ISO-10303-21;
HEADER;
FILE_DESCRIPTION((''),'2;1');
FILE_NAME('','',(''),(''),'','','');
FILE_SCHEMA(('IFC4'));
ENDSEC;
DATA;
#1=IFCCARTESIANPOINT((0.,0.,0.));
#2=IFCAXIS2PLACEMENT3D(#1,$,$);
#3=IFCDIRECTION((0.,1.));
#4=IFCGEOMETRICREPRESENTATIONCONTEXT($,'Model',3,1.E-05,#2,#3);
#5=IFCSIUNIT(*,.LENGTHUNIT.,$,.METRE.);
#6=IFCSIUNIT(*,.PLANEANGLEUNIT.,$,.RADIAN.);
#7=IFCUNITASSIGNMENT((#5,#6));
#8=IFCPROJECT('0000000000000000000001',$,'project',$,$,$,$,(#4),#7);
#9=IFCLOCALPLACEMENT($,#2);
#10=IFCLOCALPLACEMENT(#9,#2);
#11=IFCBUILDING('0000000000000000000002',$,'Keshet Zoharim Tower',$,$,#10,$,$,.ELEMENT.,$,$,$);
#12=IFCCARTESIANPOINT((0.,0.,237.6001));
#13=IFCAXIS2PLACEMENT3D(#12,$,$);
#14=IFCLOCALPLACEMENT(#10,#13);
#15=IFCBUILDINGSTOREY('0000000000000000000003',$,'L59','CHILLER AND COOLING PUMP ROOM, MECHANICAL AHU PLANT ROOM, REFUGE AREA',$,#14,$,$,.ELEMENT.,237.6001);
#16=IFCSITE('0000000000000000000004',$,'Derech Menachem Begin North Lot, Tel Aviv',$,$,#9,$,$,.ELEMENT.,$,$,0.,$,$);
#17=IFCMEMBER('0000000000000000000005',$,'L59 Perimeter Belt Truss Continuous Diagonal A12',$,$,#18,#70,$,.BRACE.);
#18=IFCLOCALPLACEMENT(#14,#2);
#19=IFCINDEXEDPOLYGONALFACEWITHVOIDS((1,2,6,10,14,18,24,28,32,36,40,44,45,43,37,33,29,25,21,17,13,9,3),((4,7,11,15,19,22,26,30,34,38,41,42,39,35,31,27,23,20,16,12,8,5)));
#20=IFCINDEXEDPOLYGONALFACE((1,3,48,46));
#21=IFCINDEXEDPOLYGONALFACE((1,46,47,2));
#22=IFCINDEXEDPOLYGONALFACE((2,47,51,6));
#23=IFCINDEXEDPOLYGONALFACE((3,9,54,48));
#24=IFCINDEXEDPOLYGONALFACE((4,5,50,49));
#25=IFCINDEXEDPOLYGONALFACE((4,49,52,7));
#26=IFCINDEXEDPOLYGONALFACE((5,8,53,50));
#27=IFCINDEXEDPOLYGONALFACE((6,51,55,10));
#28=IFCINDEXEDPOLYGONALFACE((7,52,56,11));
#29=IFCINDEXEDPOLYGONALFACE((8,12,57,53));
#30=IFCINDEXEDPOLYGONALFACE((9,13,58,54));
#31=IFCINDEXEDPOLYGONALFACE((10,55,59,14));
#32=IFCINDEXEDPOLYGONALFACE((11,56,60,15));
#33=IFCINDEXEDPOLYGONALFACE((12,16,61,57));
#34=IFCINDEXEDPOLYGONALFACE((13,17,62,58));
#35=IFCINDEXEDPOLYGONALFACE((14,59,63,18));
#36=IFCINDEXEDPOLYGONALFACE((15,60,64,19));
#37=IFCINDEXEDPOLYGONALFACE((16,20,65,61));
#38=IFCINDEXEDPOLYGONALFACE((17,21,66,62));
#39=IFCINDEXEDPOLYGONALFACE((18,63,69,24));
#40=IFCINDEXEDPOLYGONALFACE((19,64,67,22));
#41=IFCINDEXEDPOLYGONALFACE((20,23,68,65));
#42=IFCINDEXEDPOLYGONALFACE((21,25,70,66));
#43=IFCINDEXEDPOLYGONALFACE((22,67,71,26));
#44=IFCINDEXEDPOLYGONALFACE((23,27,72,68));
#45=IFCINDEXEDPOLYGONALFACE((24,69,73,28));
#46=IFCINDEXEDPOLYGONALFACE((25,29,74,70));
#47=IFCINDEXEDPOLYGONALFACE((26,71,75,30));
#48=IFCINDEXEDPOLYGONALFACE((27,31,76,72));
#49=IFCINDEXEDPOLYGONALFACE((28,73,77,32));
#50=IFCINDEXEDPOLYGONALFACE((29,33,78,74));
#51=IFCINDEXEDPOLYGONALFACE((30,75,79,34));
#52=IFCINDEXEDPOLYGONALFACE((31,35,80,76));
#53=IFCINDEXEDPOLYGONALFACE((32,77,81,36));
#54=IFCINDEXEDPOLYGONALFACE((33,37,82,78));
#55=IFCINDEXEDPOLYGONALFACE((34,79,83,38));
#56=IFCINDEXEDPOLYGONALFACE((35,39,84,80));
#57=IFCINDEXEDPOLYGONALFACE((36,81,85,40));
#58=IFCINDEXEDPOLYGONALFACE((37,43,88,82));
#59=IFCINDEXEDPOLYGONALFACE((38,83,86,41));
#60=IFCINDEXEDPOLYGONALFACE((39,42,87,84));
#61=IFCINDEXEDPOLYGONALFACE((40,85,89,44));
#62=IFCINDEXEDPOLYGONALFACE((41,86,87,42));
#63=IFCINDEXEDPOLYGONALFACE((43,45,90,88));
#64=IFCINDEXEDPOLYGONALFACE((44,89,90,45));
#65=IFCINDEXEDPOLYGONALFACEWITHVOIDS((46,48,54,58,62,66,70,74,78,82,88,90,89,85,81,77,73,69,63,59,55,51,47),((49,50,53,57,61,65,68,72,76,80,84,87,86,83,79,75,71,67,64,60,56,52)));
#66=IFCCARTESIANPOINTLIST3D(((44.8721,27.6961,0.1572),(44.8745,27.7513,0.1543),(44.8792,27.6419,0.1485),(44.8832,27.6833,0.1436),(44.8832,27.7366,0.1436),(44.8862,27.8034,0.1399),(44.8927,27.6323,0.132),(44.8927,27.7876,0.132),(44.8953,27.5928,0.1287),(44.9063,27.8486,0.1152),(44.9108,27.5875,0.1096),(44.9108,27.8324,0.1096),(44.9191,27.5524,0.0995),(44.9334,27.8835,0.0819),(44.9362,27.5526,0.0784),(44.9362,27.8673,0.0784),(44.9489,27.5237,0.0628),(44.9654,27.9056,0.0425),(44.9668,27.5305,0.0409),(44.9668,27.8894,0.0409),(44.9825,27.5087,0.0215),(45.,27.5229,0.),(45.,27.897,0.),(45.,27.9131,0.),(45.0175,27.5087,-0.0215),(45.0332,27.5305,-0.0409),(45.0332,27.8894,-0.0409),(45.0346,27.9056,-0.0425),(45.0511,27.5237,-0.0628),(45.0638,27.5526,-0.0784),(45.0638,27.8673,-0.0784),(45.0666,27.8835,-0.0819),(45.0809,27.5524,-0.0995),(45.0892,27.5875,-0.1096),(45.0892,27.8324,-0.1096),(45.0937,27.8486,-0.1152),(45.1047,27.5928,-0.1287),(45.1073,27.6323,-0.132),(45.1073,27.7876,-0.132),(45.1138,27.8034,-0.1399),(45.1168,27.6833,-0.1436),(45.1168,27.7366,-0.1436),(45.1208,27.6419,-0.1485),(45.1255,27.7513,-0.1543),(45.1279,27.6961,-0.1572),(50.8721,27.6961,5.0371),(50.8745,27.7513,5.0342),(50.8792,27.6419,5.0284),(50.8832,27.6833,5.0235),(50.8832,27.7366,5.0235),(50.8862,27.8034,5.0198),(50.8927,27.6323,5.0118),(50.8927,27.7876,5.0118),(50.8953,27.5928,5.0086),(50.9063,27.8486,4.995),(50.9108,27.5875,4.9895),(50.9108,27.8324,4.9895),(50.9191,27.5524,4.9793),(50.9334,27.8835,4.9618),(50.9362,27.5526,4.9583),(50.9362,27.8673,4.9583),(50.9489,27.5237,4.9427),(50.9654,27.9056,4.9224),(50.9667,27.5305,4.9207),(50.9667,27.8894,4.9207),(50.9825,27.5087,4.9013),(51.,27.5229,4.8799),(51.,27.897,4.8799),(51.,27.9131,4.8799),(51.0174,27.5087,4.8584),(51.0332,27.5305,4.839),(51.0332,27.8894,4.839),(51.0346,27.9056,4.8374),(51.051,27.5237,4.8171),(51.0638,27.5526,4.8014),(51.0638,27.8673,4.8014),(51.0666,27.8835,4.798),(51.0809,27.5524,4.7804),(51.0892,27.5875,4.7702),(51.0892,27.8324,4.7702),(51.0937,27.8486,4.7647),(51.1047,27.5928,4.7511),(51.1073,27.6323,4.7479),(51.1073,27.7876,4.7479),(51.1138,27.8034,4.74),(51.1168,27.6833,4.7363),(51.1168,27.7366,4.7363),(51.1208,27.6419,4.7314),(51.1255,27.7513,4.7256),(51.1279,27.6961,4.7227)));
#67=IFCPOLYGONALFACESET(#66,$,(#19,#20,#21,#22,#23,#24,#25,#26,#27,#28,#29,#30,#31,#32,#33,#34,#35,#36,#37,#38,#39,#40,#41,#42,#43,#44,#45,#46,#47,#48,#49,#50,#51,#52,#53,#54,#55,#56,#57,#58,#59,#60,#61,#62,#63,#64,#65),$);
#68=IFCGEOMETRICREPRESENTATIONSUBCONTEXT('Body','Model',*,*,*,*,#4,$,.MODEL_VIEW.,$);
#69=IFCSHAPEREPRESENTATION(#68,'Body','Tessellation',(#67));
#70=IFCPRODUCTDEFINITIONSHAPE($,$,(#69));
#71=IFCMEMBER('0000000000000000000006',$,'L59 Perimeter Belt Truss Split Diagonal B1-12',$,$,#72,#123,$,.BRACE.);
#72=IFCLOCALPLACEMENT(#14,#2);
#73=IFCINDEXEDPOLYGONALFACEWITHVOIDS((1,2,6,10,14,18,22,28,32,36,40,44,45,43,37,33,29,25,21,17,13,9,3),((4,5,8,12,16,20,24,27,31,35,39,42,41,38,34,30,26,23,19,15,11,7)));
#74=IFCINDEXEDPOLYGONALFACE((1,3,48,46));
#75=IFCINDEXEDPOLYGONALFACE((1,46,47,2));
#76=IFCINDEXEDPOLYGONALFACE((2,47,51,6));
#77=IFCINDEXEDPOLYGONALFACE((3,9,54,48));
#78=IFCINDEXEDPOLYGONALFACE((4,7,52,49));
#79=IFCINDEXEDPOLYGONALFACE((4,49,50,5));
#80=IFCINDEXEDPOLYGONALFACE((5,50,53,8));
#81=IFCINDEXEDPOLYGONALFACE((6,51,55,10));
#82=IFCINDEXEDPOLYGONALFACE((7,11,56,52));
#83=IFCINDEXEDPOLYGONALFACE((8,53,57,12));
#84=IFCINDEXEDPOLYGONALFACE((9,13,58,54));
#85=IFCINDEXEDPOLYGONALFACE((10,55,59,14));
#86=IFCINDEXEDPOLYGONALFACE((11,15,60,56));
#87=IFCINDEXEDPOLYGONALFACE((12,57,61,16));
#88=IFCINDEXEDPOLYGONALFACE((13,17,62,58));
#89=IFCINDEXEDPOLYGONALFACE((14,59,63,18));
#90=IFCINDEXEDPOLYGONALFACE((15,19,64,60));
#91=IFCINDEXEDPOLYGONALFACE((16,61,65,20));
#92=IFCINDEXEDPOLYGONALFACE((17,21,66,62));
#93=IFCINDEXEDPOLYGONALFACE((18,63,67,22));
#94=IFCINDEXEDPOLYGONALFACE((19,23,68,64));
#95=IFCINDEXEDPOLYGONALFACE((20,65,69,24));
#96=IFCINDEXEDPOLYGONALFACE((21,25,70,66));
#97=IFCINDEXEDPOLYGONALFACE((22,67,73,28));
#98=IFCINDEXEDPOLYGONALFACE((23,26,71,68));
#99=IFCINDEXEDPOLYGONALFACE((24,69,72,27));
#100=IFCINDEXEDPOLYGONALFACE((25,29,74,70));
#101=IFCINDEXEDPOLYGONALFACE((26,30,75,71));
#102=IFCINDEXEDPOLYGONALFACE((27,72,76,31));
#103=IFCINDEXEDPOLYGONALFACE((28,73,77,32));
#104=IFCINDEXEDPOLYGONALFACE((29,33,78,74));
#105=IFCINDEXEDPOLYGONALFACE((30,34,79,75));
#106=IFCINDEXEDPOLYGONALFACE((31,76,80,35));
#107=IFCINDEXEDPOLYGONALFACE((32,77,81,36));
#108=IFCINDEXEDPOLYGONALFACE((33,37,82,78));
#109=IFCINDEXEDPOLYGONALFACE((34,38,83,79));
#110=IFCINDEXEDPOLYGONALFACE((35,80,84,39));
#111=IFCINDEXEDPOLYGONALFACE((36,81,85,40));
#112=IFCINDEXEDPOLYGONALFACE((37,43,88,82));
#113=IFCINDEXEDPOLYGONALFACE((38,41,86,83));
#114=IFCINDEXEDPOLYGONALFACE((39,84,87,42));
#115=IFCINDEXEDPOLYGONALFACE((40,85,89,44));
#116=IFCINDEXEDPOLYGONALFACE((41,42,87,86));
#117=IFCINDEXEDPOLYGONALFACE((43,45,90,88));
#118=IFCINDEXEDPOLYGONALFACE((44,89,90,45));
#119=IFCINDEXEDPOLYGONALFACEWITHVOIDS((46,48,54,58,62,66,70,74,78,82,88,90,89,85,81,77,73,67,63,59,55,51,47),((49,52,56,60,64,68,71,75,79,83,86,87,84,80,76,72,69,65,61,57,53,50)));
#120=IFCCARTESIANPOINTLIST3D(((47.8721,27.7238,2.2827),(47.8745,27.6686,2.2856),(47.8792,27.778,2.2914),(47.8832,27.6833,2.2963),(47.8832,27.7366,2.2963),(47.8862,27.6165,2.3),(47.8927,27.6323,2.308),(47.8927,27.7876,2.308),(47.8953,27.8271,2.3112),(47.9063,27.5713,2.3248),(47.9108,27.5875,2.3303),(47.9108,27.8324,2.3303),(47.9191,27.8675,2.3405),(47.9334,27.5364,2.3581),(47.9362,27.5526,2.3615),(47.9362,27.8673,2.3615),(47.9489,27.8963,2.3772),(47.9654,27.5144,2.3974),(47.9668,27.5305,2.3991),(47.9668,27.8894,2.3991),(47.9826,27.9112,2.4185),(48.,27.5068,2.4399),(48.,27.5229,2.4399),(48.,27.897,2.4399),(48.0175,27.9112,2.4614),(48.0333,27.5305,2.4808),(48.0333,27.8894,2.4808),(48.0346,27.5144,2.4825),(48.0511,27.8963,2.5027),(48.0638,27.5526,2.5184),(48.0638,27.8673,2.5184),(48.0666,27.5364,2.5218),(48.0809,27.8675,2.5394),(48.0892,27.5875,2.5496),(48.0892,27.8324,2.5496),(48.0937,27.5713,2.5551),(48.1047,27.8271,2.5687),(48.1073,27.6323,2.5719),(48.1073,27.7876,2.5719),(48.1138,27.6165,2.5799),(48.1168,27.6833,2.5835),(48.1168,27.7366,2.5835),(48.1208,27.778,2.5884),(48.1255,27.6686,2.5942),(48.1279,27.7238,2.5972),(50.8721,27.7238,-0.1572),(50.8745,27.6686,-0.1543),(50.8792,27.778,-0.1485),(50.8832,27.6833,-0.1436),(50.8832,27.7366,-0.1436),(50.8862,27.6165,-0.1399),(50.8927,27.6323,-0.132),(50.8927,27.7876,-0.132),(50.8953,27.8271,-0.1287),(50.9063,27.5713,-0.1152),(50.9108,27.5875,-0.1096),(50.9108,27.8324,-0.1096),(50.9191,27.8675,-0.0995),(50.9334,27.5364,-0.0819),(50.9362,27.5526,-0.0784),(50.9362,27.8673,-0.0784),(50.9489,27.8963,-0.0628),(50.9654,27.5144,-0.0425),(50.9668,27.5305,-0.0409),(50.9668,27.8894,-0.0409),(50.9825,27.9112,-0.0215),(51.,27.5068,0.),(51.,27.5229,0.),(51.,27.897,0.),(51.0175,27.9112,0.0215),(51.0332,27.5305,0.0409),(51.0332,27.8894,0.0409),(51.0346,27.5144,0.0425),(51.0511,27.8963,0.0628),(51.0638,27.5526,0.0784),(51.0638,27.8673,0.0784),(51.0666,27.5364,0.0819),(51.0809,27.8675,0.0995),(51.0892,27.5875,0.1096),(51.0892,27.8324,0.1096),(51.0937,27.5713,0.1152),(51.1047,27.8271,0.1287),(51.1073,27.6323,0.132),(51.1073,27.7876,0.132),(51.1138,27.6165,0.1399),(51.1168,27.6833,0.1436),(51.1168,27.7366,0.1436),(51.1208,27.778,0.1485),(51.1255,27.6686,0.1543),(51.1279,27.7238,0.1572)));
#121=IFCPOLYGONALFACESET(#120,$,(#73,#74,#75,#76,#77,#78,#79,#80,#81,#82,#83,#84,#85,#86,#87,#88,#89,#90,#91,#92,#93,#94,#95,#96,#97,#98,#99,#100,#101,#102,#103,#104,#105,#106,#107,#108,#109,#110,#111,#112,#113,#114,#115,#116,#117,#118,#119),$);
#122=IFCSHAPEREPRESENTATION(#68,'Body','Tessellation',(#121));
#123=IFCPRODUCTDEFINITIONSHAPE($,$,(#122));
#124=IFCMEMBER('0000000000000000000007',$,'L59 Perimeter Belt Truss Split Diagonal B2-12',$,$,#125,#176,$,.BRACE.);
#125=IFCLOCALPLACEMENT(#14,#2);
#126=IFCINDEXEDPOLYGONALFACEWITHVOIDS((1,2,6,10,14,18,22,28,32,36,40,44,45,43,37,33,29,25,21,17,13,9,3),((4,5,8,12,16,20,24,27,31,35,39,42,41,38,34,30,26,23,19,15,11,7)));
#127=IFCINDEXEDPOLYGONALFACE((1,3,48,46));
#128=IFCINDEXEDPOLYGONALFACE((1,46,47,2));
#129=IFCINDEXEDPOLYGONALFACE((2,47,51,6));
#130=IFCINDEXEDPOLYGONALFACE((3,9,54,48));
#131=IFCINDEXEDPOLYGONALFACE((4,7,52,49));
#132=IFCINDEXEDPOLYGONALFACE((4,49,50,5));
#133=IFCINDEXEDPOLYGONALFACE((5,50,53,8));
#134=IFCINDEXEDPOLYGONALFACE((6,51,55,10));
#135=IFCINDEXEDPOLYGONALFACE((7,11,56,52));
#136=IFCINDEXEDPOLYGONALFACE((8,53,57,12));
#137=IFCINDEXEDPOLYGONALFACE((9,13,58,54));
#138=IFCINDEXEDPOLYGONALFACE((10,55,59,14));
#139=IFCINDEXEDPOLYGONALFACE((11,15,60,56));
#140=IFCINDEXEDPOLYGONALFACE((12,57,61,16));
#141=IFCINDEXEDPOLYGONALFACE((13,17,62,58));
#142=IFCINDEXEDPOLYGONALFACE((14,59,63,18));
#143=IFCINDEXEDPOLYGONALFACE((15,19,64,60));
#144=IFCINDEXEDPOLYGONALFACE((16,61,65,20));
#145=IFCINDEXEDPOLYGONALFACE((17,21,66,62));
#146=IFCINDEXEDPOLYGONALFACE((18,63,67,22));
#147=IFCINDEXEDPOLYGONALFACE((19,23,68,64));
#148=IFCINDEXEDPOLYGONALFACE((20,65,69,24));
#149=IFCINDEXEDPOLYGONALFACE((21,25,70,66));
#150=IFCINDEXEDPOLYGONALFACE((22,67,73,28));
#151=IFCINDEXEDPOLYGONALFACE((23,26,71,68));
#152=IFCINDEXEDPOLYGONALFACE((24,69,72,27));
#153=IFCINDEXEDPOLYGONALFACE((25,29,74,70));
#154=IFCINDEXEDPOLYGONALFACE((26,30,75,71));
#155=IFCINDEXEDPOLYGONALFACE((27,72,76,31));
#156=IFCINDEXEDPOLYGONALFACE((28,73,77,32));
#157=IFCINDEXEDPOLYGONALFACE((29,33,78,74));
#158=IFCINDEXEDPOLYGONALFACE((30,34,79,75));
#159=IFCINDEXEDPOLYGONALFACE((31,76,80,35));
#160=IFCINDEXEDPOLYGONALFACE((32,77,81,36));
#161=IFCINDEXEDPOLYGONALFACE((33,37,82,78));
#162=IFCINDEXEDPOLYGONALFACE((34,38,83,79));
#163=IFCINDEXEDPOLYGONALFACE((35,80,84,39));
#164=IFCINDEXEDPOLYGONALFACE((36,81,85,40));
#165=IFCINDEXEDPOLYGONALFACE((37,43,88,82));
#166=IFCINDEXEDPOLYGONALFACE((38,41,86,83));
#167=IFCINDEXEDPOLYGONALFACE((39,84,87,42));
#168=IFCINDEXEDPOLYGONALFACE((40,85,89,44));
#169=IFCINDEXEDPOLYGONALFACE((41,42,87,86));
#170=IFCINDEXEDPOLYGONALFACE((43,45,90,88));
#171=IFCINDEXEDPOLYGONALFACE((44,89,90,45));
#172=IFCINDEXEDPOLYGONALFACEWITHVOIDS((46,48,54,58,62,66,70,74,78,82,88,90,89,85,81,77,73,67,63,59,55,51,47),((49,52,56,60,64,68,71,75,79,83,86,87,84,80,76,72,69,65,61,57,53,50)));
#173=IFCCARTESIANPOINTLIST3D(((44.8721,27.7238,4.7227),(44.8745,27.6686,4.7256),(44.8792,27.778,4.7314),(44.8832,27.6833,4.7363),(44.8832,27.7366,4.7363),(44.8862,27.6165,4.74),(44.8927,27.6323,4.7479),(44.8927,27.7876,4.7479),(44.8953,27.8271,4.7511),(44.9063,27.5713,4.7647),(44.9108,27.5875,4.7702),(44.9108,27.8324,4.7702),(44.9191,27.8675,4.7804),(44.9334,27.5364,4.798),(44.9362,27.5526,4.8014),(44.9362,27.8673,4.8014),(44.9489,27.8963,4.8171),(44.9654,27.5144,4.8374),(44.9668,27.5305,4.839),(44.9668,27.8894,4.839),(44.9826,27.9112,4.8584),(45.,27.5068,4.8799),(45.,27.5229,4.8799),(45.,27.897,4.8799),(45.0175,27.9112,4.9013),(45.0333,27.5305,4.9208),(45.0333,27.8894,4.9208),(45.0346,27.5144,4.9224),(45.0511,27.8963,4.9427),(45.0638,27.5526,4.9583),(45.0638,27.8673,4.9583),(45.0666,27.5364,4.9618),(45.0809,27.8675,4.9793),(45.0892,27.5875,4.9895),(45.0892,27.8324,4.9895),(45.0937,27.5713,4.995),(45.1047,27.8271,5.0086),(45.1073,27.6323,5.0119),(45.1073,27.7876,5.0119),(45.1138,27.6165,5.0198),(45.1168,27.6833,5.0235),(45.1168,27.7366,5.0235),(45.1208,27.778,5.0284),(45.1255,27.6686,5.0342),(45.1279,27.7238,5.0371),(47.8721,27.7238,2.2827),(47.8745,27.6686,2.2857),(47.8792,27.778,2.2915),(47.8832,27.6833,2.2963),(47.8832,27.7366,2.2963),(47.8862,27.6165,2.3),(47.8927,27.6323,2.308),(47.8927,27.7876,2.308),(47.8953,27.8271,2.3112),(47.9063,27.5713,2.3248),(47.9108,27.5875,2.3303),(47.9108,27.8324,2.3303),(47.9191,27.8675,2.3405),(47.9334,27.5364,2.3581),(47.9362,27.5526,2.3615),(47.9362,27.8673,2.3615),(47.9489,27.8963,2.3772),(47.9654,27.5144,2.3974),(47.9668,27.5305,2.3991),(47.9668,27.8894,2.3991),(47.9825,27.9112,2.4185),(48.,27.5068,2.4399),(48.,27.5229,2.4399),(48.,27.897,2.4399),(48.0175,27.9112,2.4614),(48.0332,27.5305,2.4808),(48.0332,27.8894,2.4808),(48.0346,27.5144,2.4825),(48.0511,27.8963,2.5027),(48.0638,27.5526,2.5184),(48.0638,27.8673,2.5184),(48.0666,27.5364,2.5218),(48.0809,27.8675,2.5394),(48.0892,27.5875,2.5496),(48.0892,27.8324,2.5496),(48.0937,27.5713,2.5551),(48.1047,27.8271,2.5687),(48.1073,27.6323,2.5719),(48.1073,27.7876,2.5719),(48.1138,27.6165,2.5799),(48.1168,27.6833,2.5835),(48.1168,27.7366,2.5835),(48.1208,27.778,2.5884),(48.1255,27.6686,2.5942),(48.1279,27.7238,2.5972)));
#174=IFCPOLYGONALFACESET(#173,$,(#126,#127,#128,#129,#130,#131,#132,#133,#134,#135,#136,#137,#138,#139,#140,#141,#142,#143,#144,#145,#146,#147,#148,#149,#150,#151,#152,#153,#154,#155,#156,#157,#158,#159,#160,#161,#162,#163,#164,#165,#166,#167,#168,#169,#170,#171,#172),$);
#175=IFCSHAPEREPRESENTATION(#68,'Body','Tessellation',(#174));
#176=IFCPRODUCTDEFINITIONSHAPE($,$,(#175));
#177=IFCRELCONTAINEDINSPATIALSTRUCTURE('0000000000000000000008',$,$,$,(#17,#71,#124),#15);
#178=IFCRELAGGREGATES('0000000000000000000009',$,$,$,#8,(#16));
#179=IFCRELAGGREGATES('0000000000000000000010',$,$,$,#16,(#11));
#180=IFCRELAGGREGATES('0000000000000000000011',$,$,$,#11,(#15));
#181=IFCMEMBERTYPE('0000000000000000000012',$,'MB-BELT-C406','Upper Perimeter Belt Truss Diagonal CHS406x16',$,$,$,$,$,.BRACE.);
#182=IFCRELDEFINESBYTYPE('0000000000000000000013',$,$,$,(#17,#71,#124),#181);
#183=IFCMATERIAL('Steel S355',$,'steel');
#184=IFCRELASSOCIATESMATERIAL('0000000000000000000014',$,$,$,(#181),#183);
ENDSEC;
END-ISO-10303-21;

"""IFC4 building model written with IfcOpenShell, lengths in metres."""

from ifc_helpers import new_model, si_unit, direction, frame, origin, origin_2d, place, context, subcontext, project, spatial, hollow_circle, extrude, material, material_profile, profile_set, type_object, element, save


model = new_model("IFC4")

# Units and contexts
model_context = context("Model", 3, precision=1e-05, world=origin(), true_north=direction((0.0, 1.0)))
body_context = subcontext(model_context, "Body", "Model", "MODEL_VIEW")
ifc_project = project(units=[si_unit("LENGTHUNIT", "METRE"), si_unit("PLANEANGLEUNIT", "RADIAN")], contexts=[model_context])

# Site, building, storey
site_placement = place(None, origin())
site = spatial("IfcSite", under=ifc_project, at=site_placement, Name="Derech Menachem Begin North Lot, Tel Aviv", CompositionType="ELEMENT", RefElevation=0.0)
building_placement = place(site_placement, origin())
building = spatial("IfcBuilding", under=site, at=building_placement, Name="Keshet Zoharim Tower", CompositionType="ELEMENT")
storey_placement = place(building_placement, frame((0.0, 0.0, 237.6001)))
storey = spatial("IfcBuildingStorey", under=building, at=storey_placement, Name="L59", Description="CHILLER AND COOLING PUMP ROOM, MECHANICAL AHU PLANT ROOM, REFUGE AREA", CompositionType="ELEMENT", Elevation=237.6001)

# Shared definitions
ifc_material_1 = material(Name="Steel S355", Category="steel")

# Members
ifc_material_profile_1 = material_profile(ifc_material_1, hollow_circle(Radius=0.2031, WallThickness=0.0161, at=origin_2d()), Name="CHS406x16")
ifc_profile_set_1 = profile_set([ifc_material_profile_1], Name="Steel S355")
member_type_1 = type_object("IfcMemberType", Name="MB-BELT-C406", Description="Upper Perimeter Belt Truss Diagonal CHS406x16", PredefinedType="BRACE", material=ifc_profile_set_1)
member_1_placement = place(storey_placement, frame((45.0, 27.71, 0.0), z_axis=(0.775805, 0.0, 0.630973), x_axis=(0.0, 1.0, 0.0)))
element("IfcMember", 1, at=member_1_placement, inside=storey, type_object=member_type_1, Name="L59 Perimeter Belt Truss Continuous Diagonal A12", PredefinedType="BRACE", context=body_context, shape_type="SweptSolid", body=[
    extrude(hollow_circle(Radius=0.2031, WallThickness=0.0161, at=origin_2d()), origin(), (0.0, 0.0, 1.0), 7.7339),
])
for number, where, z_axis, x_axis, name in (
    (2, (51.0, 27.71, 0.0), (-0.775805, 0.0, 0.630973), (0.0, -1.0, 0.0), "L59 Perimeter Belt Truss Split Diagonal B1-12"),
    (3, (48.0, 27.71, 2.4399), (-0.775805, 0.0, 0.630973), (0.0, -1.0, 0.0), "L59 Perimeter Belt Truss Split Diagonal B2-12"),
):
    element("IfcMember", number, at=place(storey_placement, frame(where, z_axis=z_axis, x_axis=x_axis)), inside=storey, type_object=member_type_1, Name=name, PredefinedType="BRACE", context=body_context, shape_type="SweptSolid", body=[
        extrude(hollow_circle(Radius=0.2031, WallThickness=0.0161, at=origin_2d()), origin(), (0.0, 0.0, 1.0), 3.8669),
    ])

save(model, "model.ifc")
